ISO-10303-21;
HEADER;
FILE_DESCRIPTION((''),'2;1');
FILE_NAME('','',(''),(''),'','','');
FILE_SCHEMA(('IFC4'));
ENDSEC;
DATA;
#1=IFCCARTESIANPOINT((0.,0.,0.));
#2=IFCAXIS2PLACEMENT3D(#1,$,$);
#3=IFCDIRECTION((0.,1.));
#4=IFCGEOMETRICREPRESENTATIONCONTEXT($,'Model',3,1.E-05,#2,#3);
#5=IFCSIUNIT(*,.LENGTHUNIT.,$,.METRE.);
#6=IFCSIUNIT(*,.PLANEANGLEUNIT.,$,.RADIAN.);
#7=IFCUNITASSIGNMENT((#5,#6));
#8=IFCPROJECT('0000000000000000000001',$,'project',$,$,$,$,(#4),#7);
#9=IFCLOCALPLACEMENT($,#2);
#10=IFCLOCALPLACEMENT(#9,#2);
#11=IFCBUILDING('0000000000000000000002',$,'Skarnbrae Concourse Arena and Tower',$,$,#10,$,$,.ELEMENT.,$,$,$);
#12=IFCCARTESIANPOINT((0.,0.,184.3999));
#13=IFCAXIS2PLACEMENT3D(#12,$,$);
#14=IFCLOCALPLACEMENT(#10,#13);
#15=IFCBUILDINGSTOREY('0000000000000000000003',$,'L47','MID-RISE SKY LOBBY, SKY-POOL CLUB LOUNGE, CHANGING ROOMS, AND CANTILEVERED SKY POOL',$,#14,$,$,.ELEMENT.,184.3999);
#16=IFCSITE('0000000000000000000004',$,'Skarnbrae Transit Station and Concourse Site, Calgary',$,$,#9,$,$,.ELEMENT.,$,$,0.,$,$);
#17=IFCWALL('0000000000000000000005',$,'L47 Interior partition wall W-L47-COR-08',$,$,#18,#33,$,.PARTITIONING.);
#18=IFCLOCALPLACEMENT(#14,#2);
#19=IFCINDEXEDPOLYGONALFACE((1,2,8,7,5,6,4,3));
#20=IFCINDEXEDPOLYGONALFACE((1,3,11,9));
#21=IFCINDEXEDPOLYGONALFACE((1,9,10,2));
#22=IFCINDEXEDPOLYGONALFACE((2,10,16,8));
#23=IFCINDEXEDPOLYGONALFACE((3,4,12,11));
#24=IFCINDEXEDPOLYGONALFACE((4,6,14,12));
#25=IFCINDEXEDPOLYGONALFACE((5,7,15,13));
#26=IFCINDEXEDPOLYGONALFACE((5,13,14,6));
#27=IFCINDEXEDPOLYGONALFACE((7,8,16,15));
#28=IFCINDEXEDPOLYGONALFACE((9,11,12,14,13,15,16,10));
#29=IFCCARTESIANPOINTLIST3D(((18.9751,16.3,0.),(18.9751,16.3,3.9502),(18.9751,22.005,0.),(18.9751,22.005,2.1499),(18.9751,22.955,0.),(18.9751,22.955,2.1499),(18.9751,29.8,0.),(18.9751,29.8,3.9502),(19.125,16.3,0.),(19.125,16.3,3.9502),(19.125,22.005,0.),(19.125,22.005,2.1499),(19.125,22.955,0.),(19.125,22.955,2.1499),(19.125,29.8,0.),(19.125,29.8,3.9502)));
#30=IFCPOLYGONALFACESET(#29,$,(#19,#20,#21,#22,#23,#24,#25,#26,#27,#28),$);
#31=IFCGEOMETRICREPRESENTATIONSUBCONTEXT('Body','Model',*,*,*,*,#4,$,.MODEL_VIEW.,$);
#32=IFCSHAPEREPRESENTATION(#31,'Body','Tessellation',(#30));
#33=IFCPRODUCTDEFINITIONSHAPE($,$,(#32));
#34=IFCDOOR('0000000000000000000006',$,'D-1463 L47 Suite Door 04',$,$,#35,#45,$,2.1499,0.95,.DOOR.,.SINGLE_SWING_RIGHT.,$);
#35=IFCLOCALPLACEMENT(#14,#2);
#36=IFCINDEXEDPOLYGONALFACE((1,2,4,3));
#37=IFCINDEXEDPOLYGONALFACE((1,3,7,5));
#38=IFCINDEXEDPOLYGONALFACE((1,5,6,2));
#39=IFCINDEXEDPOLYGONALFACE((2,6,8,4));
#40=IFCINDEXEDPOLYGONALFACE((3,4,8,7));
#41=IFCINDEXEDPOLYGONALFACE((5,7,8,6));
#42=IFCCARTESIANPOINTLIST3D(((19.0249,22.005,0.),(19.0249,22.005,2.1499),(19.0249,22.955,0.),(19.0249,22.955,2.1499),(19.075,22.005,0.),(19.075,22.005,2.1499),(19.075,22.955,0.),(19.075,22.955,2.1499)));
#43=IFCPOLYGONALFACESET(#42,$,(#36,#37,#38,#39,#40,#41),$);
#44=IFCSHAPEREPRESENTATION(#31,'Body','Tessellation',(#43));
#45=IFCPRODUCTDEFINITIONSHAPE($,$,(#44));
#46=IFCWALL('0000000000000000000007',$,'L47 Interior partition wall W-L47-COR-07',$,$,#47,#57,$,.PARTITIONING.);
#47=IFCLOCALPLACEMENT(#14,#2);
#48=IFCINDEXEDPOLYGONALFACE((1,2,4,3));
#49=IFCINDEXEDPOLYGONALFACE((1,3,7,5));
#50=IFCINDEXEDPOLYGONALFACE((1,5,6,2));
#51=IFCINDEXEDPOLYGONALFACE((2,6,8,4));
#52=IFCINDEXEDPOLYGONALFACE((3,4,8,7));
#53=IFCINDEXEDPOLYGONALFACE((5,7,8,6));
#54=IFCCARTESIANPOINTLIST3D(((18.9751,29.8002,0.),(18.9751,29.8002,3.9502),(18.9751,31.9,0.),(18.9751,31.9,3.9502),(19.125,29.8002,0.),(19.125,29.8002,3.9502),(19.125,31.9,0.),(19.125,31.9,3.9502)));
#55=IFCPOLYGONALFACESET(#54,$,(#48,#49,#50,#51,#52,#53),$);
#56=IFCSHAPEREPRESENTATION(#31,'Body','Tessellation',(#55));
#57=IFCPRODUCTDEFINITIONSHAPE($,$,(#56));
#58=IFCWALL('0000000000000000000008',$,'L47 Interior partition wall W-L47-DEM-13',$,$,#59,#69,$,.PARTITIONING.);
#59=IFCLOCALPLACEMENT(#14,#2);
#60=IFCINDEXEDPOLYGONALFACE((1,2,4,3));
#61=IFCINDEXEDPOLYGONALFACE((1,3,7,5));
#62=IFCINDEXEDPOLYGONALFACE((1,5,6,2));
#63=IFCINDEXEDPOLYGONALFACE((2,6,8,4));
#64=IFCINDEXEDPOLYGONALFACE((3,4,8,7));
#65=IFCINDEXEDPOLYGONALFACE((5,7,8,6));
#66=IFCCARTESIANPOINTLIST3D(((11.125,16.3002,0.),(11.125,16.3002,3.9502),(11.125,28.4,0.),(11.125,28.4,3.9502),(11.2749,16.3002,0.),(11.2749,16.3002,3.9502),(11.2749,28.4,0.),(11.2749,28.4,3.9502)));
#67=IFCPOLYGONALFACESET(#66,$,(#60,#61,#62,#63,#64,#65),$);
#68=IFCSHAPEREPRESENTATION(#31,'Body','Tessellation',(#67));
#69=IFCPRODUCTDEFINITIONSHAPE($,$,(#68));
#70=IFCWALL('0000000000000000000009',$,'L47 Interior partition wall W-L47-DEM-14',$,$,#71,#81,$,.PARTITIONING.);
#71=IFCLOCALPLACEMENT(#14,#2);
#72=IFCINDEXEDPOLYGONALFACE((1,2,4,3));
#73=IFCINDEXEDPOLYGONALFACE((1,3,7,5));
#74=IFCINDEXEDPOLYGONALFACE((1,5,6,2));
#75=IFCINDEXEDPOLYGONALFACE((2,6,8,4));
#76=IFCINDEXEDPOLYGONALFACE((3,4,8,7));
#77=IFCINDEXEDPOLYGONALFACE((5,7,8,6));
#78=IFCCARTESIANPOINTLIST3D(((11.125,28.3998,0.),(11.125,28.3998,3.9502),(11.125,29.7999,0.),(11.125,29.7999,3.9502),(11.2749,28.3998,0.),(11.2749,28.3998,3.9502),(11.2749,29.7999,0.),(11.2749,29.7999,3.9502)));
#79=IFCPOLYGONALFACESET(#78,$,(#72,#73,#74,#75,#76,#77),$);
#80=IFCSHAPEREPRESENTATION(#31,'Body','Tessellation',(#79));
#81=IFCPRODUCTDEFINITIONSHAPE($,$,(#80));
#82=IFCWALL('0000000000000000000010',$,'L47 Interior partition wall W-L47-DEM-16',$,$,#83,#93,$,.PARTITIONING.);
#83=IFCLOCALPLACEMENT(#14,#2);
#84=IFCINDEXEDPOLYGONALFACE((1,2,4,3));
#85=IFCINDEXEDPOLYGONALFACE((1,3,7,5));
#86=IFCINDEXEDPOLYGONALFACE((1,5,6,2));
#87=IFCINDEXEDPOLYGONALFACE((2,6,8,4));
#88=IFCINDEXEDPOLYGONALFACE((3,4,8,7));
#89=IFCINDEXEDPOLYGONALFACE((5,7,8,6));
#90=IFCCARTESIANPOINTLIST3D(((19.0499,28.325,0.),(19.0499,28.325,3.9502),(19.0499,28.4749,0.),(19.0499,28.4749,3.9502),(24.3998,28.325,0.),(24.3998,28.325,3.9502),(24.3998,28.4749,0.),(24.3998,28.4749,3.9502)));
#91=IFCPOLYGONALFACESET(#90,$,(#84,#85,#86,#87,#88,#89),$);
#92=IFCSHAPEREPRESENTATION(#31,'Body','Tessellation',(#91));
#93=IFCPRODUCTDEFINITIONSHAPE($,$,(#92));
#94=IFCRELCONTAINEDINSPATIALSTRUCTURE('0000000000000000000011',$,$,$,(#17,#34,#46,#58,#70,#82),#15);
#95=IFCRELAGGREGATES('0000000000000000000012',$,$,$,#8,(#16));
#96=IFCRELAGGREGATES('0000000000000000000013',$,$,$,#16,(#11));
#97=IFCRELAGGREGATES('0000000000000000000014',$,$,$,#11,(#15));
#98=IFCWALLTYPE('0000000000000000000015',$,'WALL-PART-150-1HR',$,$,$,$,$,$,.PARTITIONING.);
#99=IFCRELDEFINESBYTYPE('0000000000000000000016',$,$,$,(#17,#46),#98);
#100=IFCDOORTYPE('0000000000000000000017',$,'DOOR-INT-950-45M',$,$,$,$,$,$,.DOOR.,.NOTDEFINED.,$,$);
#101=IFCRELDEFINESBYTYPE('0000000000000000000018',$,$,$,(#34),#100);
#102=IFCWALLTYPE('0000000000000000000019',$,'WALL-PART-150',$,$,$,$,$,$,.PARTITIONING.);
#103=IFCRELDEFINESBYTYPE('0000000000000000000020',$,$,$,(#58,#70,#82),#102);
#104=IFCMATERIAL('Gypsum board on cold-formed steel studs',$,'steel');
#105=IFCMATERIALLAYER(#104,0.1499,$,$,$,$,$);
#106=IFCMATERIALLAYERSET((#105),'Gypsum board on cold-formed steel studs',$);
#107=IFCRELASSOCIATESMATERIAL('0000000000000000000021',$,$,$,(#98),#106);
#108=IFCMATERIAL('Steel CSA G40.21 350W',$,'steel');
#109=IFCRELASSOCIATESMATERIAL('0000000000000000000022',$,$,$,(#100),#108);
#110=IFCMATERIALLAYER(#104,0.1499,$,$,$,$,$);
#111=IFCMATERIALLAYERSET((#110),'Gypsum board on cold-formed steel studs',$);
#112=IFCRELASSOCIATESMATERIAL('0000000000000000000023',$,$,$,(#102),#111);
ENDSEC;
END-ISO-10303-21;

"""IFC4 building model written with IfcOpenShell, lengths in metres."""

from ifc_helpers import new_model, si_unit, direction, frame, frame_2d, origin, place, context, subcontext, project, spatial, rectangle, extrude, source, transform, mapped, material, layer, layer_set, type_object, element, fill, save


model = new_model("IFC4")

# Units and contexts
model_context = context("Model", 3, precision=1e-05, world=origin(), true_north=direction((0.0, 1.0)))
body_context = subcontext(model_context, "Body", "Model", "MODEL_VIEW")
ifc_project = project(units=[si_unit("LENGTHUNIT", "METRE"), si_unit("PLANEANGLEUNIT", "RADIAN")], contexts=[model_context])

# Site, building, storey
site_placement = place(None, origin())
site = spatial("IfcSite", under=ifc_project, at=site_placement, Name="Skarnbrae Transit Station and Concourse Site, Calgary", CompositionType="ELEMENT", RefElevation=0.0)
building_placement = place(site_placement, origin())
building = spatial("IfcBuilding", under=site, at=building_placement, Name="Skarnbrae Concourse Arena and Tower", CompositionType="ELEMENT")
storey_placement = place(building_placement, frame((0.0, 0.0, 184.3999)))
storey = spatial("IfcBuildingStorey", under=building, at=storey_placement, Name="L47", Description="MID-RISE SKY LOBBY, SKY-POOL CLUB LOUNGE, CHANGING ROOMS, AND CANTILEVERED SKY POOL", CompositionType="ELEMENT", Elevation=184.3999)

# Shared definitions
ifc_material_1 = material(Name="Steel CSA G40.21 350W", Category="steel")

# Shared definitions
ifc_material_2 = material(Name="Gypsum board on cold-formed steel studs", Category="steel")
ifc_layer_1 = layer(ifc_material_2, 0.1499)
ifc_layer_set_1 = layer_set([ifc_layer_1], Name="Gypsum board on cold-formed steel studs")
wall_type_1 = type_object("IfcWallType", Name="WALL-PART-150-1HR", PredefinedType="PARTITIONING", material=ifc_layer_set_1)

# Wall, opening, door
shared_shape_1 = source(origin(), body_context, "Body", "SweptSolid", [
    extrude(rectangle(XDim=13.5, YDim=0.1499, at=frame_2d((6.75, 0.0))), origin(), (0.0, 0.0, 1.0), 3.9502),
])
wall_1_placement = place(storey_placement, frame((19.05, 29.8, 0.0), z_axis=(0.0, 0.0, 1.0), x_axis=(0.0, -1.0, 0.0)))
wall_1 = element("IfcWall", 1, at=wall_1_placement, inside=storey, type_object=wall_type_1, Name="L47 Interior partition wall W-L47-COR-08", PredefinedType="PARTITIONING", context=body_context, shape_type="MappedRepresentation", body=[
    mapped(shared_shape_1, transform((0.0, 0.0, 0.0))),
])
opening_placement = place(wall_1_placement, frame((6.845, 0.0, 0.0)))
opening = element("IfcOpeningElement", 2, at=opening_placement, cuts=wall_1, PredefinedType="OPENING", context=body_context, shape_type="SweptSolid", body=[
    extrude(rectangle(XDim=0.95, YDim=2.1499, at=frame_2d((0.4751, 1.075))), frame((0.0, 0.085, 0.0), z_axis=(0.0, -1.0, 0.0), x_axis=(1.0, 0.0, 0.0)), (0.0, 0.0, 1.0), 0.1699),
])
door_type = type_object("IfcDoorType", Name="DOOR-INT-950-45M", OperationType="NOTDEFINED", PredefinedType="DOOR", material=ifc_material_1)
shared_shape_2 = source(origin(), body_context, "Body", "SweptSolid", [
    extrude(rectangle(XDim=0.95, YDim=2.1499, at=frame_2d((0.4751, 1.075))), frame((0.0, 0.0249, 0.0), z_axis=(0.0, -1.0, 0.0), x_axis=(1.0, 0.0, 0.0)), (0.0, 0.0, 1.0), 0.05),
])
door_placement = place(opening_placement, origin())
door = element("IfcDoor", 3, at=door_placement, inside=storey, type_object=door_type, Name="D-1463 L47 Suite Door 04", OperationType="SINGLE_SWING_RIGHT", OverallHeight=2.1499, OverallWidth=0.95, PredefinedType="DOOR", context=body_context, shape_type="MappedRepresentation", body=[
    mapped(shared_shape_2, transform((0.0, 0.0, 0.0))),
])
fill(opening, door)

# Walls
shared_shape_3 = source(origin(), body_context, "Body", "SweptSolid", [
    extrude(rectangle(XDim=2.0999, YDim=0.1499, at=frame_2d((1.0498, 0.0))), origin(), (0.0, 0.0, 1.0), 3.9502),
])
wall_2_placement = place(storey_placement, frame((19.05, 31.8999, 0.0), z_axis=(0.0, 0.0, 1.0), x_axis=(0.0, -1.0, 0.0)))
element("IfcWall", 4, at=wall_2_placement, inside=storey, type_object=wall_type_1, Name="L47 Interior partition wall W-L47-COR-07", PredefinedType="PARTITIONING", context=body_context, shape_type="MappedRepresentation", body=[
    mapped(shared_shape_3, transform((0.0, 0.0, 0.0))),
])
ifc_layer_2 = layer(ifc_material_2, 0.1499)
ifc_layer_set_2 = layer_set([ifc_layer_2], Name="Gypsum board on cold-formed steel studs")
wall_type_2 = type_object("IfcWallType", Name="WALL-PART-150", PredefinedType="PARTITIONING", material=ifc_layer_set_2)
shared_shape_4 = source(origin(), body_context, "Body", "SweptSolid", [
    extrude(rectangle(XDim=12.0999, YDim=0.1499, at=frame_2d((6.0498, 0.0))), origin(), (0.0, 0.0, 1.0), 3.9502),
])
wall_3_placement = place(storey_placement, frame((11.2, 28.3999, 0.0), z_axis=(0.0, 0.0, 1.0), x_axis=(0.0, -1.0, 0.0)))
element("IfcWall", 5, at=wall_3_placement, inside=storey, type_object=wall_type_2, Name="L47 Interior partition wall W-L47-DEM-13", PredefinedType="PARTITIONING", context=body_context, shape_type="MappedRepresentation", body=[
    mapped(shared_shape_4, transform((0.0, 0.0, 0.0))),
])
shared_shape_5 = source(origin(), body_context, "Body", "SweptSolid", [
    extrude(rectangle(XDim=1.4001, YDim=0.1499, at=frame_2d((0.7002, 0.0))), origin(), (0.0, 0.0, 1.0), 3.9502),
])
wall_4_placement = place(storey_placement, frame((11.2, 29.8, 0.0), z_axis=(0.0, 0.0, 1.0), x_axis=(0.0, -1.0, 0.0)))
element("IfcWall", 6, at=wall_4_placement, inside=storey, type_object=wall_type_2, Name="L47 Interior partition wall W-L47-DEM-14", PredefinedType="PARTITIONING", context=body_context, shape_type="MappedRepresentation", body=[
    mapped(shared_shape_5, transform((0.0, 0.0, 0.0))),
])
shared_shape_6 = source(origin(), body_context, "Body", "SweptSolid", [
    extrude(rectangle(XDim=5.3499, YDim=0.1499, at=frame_2d((2.6748, 0.0))), origin(), (0.0, 0.0, 1.0), 3.9502),
])
wall_5_placement = place(storey_placement, frame((19.05, 28.3999, 0.0), z_axis=(0.0, 0.0, 1.0), x_axis=(1.0, 0.0, 0.0)))
element("IfcWall", 7, at=wall_5_placement, inside=storey, type_object=wall_type_2, Name="L47 Interior partition wall W-L47-DEM-16", PredefinedType="PARTITIONING", context=body_context, shape_type="MappedRepresentation", body=[
    mapped(shared_shape_6, transform((0.0, 0.0, 0.0))),
])

save(model, "model.ifc")
